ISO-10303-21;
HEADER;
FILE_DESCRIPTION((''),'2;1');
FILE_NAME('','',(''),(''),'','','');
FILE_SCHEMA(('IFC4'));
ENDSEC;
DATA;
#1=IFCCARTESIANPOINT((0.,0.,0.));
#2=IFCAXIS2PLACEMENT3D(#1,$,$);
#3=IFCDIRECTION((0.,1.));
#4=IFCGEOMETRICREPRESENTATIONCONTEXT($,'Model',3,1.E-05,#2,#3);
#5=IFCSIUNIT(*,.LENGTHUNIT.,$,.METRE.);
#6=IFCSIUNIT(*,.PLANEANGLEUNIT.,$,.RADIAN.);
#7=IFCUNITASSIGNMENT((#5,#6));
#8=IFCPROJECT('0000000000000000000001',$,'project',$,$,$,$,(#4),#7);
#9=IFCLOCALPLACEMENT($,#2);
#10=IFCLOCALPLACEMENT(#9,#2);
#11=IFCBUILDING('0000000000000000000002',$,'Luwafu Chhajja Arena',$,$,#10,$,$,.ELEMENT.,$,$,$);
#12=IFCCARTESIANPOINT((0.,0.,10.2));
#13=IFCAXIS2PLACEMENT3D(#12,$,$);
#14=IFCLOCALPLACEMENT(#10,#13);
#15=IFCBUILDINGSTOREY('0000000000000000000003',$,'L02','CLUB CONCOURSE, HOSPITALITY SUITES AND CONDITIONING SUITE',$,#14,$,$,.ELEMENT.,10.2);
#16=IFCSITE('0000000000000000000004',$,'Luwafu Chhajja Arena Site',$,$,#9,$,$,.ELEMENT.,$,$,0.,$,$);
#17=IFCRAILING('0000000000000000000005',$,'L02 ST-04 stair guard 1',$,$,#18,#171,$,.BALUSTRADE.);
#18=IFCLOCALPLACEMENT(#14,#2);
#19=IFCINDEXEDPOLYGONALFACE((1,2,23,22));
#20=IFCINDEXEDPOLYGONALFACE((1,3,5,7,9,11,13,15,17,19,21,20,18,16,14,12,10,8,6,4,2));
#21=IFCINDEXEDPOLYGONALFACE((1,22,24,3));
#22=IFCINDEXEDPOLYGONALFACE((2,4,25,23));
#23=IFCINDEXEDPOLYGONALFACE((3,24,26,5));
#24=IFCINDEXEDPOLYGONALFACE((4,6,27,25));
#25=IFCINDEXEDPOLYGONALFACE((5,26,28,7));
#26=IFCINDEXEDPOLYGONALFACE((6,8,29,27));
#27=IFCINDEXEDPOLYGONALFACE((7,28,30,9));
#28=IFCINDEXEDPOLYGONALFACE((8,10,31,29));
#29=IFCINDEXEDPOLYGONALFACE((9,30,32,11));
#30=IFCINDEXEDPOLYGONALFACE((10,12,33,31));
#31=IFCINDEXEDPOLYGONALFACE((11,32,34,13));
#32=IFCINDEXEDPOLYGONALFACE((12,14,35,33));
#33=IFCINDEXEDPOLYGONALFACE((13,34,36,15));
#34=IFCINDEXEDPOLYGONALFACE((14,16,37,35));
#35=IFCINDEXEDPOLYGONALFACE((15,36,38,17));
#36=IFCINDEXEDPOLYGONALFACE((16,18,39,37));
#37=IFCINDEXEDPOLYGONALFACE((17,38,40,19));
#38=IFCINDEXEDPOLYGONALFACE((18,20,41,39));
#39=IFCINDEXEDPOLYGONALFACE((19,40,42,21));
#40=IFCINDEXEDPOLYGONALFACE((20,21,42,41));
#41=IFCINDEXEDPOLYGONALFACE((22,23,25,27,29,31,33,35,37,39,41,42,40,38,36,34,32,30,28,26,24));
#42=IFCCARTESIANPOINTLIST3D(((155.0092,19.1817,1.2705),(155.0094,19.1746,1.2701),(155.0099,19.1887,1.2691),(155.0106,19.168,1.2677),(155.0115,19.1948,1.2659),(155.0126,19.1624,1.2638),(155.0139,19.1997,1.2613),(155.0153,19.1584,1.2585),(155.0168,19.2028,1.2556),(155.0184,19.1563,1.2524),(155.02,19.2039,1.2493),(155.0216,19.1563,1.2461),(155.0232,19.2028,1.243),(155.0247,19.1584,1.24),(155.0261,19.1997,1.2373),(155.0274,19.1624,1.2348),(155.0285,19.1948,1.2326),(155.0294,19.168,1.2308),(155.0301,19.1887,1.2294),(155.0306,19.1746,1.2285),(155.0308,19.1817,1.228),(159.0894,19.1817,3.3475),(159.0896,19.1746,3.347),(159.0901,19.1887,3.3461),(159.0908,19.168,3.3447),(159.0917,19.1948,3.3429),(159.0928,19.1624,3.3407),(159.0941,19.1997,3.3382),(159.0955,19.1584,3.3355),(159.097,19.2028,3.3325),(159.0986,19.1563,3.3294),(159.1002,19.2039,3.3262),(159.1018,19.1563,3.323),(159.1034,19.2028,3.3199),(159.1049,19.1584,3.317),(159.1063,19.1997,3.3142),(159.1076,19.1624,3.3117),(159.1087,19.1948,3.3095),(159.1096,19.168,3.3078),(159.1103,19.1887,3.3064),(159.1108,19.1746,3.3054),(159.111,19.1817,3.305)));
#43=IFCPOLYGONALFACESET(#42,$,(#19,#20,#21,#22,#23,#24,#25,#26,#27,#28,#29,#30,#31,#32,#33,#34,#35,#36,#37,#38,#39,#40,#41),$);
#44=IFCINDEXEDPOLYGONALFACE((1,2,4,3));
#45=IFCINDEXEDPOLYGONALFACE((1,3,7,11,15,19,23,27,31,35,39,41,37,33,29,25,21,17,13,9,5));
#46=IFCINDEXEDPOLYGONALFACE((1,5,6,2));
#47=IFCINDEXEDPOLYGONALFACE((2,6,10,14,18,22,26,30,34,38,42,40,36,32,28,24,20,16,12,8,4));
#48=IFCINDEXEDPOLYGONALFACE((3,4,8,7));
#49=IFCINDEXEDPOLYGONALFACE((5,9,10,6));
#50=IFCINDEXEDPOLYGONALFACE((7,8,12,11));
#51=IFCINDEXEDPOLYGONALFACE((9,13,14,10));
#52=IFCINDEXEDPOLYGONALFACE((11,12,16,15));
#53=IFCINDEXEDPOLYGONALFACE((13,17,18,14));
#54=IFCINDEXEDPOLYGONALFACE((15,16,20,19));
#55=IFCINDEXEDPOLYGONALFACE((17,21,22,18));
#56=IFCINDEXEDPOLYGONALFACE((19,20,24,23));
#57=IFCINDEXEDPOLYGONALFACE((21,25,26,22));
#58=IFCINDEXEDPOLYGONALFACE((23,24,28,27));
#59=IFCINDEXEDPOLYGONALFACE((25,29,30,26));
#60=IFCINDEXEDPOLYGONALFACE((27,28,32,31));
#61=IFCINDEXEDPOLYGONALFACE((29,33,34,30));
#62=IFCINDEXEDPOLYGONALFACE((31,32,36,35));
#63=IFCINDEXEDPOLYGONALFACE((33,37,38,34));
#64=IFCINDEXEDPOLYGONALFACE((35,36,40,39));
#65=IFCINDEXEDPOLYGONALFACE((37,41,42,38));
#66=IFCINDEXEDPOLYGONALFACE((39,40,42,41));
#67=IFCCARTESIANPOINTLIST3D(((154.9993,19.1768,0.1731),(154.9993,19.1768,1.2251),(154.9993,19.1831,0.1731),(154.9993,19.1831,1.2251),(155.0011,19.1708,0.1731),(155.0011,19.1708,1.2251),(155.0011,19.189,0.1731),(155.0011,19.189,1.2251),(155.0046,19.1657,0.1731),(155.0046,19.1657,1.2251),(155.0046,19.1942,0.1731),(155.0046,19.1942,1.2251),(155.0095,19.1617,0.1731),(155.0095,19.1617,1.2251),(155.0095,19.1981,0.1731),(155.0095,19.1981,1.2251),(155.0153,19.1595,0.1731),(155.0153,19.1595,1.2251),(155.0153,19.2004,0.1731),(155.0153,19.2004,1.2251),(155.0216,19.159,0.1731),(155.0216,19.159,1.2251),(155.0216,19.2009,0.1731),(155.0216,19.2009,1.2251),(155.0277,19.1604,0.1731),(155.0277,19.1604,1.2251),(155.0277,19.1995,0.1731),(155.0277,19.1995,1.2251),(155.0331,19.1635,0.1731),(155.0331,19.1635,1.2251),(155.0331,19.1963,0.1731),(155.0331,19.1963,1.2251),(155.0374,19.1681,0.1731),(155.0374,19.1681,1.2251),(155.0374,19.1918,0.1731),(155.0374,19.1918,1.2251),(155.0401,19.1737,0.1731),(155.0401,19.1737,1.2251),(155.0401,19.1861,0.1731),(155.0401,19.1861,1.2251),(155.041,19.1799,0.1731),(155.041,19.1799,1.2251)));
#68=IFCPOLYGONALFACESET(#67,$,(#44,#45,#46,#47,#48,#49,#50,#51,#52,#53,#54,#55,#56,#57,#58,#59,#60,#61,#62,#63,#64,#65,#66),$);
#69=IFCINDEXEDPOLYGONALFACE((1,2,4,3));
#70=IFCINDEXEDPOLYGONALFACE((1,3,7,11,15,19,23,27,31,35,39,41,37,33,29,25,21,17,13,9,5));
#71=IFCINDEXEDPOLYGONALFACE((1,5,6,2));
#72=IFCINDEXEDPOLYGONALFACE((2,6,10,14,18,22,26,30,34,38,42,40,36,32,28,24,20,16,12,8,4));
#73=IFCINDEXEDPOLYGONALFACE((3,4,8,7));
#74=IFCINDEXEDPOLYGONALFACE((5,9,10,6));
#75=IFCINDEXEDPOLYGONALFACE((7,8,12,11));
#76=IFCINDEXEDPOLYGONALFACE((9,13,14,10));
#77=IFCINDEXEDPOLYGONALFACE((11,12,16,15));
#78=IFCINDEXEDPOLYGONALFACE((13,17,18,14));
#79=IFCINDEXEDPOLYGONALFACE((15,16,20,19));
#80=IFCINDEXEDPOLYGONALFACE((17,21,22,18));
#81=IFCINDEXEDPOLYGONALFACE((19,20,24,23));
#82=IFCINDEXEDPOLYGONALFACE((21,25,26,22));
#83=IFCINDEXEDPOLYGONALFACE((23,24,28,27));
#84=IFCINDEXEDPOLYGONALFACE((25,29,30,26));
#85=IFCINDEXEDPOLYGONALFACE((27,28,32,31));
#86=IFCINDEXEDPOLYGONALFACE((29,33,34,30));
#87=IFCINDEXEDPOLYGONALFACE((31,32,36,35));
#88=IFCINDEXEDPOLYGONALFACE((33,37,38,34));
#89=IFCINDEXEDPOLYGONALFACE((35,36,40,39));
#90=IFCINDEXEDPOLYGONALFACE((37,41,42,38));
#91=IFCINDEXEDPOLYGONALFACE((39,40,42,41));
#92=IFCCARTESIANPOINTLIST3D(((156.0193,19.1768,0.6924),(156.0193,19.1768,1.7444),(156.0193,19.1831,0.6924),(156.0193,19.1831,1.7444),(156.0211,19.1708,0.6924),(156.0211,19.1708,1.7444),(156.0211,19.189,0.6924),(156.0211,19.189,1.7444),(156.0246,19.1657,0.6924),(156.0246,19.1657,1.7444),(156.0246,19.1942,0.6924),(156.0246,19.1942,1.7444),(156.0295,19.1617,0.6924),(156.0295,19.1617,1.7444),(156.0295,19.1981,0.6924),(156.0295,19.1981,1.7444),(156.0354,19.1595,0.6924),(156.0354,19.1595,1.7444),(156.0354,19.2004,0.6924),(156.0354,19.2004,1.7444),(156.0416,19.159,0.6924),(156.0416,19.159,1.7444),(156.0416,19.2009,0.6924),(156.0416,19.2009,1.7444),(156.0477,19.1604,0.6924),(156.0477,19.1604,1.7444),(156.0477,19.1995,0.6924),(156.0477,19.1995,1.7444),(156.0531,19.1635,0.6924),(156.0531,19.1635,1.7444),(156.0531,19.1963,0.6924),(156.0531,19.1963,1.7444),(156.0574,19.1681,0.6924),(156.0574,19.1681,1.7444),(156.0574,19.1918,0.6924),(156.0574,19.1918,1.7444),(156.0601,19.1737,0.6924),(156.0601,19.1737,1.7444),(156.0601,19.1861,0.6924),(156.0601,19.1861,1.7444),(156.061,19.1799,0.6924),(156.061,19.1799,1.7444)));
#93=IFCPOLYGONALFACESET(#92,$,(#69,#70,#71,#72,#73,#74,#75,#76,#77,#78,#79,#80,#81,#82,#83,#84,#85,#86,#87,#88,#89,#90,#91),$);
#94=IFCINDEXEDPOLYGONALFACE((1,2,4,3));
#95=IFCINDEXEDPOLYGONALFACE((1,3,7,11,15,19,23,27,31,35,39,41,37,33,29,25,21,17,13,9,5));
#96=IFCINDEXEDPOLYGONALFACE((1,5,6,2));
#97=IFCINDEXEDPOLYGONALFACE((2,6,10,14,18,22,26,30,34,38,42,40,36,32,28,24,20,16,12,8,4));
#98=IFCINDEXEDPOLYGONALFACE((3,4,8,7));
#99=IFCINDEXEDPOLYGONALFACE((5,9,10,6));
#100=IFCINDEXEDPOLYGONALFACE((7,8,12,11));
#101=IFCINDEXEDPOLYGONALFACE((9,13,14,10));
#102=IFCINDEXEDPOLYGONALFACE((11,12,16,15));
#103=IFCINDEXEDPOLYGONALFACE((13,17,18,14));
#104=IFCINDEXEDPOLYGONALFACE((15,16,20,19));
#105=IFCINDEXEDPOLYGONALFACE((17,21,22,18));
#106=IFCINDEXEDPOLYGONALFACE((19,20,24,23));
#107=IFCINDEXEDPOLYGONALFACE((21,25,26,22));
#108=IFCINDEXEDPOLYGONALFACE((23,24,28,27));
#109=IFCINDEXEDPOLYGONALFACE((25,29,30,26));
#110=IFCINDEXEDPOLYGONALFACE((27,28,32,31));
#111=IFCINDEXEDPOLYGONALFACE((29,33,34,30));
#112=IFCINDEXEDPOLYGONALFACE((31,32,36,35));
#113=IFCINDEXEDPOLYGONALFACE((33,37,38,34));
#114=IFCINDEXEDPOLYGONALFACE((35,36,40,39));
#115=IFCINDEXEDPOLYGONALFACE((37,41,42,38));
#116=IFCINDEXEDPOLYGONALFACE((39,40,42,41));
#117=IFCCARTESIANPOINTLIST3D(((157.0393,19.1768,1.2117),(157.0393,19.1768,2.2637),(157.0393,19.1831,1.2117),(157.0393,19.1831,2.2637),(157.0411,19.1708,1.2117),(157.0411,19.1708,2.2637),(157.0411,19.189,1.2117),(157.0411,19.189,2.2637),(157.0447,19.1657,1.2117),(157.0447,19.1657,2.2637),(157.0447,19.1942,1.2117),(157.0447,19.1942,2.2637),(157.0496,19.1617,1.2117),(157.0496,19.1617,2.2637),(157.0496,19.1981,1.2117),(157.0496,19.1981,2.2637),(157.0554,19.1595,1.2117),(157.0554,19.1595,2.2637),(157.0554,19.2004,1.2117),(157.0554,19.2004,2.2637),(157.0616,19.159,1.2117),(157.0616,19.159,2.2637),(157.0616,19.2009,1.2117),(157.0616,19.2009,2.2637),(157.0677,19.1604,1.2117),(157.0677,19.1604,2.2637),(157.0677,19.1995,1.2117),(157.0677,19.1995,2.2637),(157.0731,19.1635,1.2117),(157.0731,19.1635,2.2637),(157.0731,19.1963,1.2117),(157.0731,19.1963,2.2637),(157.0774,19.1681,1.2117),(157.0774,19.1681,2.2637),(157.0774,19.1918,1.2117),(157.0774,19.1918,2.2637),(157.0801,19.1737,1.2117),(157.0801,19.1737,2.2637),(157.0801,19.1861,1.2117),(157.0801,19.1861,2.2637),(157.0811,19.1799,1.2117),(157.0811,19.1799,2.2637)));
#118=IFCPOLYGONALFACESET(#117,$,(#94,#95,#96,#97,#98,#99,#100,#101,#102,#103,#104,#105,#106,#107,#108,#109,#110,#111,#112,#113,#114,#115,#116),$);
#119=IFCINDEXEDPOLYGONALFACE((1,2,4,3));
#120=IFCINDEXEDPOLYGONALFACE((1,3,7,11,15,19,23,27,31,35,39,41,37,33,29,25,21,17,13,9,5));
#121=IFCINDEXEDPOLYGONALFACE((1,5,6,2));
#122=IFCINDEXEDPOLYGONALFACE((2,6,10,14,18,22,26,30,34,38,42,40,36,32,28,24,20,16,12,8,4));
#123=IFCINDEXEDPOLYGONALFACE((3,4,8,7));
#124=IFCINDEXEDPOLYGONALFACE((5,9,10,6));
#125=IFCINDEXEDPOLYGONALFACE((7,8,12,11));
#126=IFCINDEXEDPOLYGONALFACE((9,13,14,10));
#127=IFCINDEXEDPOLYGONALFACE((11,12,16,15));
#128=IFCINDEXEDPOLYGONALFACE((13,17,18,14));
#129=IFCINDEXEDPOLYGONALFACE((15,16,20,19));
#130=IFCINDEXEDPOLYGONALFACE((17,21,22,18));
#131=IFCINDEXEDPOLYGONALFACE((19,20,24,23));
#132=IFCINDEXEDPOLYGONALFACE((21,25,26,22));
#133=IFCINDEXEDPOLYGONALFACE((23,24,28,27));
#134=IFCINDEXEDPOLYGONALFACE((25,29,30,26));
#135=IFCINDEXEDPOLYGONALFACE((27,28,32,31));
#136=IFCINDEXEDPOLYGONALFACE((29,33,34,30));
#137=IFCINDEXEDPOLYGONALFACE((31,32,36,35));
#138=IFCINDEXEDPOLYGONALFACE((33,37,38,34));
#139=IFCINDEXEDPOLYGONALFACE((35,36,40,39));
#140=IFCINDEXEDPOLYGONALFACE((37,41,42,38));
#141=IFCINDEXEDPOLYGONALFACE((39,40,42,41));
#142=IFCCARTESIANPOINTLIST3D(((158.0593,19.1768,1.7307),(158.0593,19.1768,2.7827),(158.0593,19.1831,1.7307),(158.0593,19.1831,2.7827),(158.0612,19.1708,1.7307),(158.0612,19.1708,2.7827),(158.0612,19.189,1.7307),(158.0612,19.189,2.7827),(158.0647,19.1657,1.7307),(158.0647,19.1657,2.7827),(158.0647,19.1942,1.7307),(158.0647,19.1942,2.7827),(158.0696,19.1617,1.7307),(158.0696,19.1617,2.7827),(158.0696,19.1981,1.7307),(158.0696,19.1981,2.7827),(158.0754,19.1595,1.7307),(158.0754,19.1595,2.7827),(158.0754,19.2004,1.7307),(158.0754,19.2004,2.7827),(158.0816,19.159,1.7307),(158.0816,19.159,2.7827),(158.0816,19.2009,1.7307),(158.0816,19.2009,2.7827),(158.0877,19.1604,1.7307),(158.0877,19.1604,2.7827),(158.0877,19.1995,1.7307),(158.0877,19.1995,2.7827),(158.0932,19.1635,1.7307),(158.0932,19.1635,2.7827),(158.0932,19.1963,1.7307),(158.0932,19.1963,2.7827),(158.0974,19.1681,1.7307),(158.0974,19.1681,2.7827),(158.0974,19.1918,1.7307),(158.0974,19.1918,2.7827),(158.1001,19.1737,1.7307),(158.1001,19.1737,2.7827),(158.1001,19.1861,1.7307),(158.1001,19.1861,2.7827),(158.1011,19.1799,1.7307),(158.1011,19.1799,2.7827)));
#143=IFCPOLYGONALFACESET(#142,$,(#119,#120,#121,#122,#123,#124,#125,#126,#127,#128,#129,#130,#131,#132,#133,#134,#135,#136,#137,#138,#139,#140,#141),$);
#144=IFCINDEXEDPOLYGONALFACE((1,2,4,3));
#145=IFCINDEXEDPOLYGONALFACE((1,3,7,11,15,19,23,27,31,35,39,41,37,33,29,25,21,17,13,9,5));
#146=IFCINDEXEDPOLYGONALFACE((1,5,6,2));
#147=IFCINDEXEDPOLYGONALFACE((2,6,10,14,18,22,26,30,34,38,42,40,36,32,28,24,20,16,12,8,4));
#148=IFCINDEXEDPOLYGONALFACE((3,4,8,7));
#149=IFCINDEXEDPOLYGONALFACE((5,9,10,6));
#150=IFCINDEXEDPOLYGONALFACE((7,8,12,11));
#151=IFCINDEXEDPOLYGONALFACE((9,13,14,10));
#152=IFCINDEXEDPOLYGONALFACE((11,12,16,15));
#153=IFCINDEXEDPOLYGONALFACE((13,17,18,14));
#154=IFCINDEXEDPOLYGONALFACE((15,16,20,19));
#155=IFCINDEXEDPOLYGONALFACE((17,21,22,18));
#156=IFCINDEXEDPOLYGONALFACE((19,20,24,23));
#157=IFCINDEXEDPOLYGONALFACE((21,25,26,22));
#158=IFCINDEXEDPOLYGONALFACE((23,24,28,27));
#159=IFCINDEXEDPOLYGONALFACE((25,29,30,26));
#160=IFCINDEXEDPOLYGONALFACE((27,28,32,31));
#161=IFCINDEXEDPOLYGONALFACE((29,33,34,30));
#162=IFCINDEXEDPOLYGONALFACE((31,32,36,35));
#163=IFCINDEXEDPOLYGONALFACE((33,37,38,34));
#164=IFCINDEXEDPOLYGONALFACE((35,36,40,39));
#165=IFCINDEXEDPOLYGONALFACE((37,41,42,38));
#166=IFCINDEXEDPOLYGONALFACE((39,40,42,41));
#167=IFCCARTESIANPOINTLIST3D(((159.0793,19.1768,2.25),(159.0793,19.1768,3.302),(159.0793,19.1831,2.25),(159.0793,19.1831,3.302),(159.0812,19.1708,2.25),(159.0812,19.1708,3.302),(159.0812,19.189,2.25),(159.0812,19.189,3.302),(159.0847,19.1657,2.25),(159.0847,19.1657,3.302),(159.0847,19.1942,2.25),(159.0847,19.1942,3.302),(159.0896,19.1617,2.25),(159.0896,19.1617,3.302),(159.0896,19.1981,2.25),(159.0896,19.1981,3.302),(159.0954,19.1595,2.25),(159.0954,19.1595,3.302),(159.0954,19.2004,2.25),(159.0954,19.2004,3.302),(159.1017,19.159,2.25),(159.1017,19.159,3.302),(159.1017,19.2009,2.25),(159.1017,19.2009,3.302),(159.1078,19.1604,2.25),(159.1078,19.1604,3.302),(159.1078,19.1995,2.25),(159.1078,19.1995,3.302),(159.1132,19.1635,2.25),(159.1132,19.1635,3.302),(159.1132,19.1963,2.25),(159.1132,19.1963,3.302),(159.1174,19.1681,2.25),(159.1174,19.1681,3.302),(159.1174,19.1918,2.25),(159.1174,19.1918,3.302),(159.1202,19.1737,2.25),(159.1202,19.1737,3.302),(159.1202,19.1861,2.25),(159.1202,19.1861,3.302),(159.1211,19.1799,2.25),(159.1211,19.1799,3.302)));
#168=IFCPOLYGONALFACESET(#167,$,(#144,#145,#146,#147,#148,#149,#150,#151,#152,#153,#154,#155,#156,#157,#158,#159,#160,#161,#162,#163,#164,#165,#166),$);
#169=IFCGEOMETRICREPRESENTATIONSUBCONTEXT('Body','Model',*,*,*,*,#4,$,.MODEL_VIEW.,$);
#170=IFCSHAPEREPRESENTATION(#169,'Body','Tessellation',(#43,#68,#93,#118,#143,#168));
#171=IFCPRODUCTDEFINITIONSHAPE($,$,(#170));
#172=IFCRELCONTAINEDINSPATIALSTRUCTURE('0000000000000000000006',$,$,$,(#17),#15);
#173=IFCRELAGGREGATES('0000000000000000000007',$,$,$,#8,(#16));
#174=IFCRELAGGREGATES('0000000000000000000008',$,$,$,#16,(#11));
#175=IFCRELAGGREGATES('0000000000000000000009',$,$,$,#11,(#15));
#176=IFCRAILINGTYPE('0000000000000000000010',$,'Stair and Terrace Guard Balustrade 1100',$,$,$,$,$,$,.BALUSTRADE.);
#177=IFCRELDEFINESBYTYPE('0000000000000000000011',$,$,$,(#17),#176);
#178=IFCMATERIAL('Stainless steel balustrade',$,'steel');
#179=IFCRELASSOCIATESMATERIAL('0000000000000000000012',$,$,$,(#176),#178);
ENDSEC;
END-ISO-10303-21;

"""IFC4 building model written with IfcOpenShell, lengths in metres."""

from ifc_helpers import new_model, si_unit, direction, frame, origin, origin_2d, place, context, subcontext, project, spatial, circle, extrude, material, type_object, element, save


model = new_model("IFC4")

# Units and contexts
model_context = context("Model", 3, precision=1e-05, world=origin(), true_north=direction((0.0, 1.0)))
body_context = subcontext(model_context, "Body", "Model", "MODEL_VIEW")
ifc_project = project(units=[si_unit("LENGTHUNIT", "METRE"), si_unit("PLANEANGLEUNIT", "RADIAN")], contexts=[model_context])

# Site, building, storey
site_placement = place(None, origin())
site = spatial("IfcSite", under=ifc_project, at=site_placement, Name="Luwafu Chhajja Arena Site", CompositionType="ELEMENT", RefElevation=0.0)
building_placement = place(site_placement, origin())
building = spatial("IfcBuilding", under=site, at=building_placement, Name="Luwafu Chhajja Arena", CompositionType="ELEMENT")
storey_placement = place(building_placement, frame((0.0, 0.0, 10.2)))
storey = spatial("IfcBuildingStorey", under=building, at=storey_placement, Name="L02", Description="CLUB CONCOURSE, HOSPITALITY SUITES AND CONDITIONING SUITE", CompositionType="ELEMENT", Elevation=10.2)

# Railing
ifc_material_1 = material(Name="Stainless steel balustrade", Category="steel")
railing_type_1 = type_object("IfcRailingType", Name="Stair and Terrace Guard Balustrade 1100", PredefinedType="BALUSTRADE", material=ifc_material_1)
railing_1_placement = place(storey_placement, frame((155.02, 19.1799, 0.1731)))
element("IfcRailing", 1, at=railing_1_placement, inside=storey, type_object=railing_type_1, Name="L02 ST-04 stair guard 1", PredefinedType="BALUSTRADE", context=body_context, shape_type="SweptSolid", body=[
    extrude(circle(Radius=0.0239, at=origin_2d()), frame((0.0, 0.0, 1.0762), z_axis=(0.891183, 0.0, 0.453644), x_axis=(0.0, 1.0, 0.0)), (0.0, 0.0, 1.0), 4.5784),
    extrude(circle(Radius=0.021, at=origin_2d()), origin(), (0.0, 0.0, 1.0), 1.052),
    extrude(circle(Radius=0.021, at=origin_2d()), frame((1.02, 0.0, 0.5193)), (0.0, 0.0, 1.0), 1.052),
    extrude(circle(Radius=0.021, at=origin_2d()), frame((2.04, 0.0, 1.0386)), (0.0, 0.0, 1.0), 1.052),
    extrude(circle(Radius=0.021, at=origin_2d()), frame((3.0601, 0.0, 1.5576)), (0.0, 0.0, 1.0), 1.052),
    extrude(circle(Radius=0.021, at=origin_2d()), frame((4.0801, 0.0, 2.0769)), (0.0, 0.0, 1.0), 1.052),
])

save(model, "model.ifc")
